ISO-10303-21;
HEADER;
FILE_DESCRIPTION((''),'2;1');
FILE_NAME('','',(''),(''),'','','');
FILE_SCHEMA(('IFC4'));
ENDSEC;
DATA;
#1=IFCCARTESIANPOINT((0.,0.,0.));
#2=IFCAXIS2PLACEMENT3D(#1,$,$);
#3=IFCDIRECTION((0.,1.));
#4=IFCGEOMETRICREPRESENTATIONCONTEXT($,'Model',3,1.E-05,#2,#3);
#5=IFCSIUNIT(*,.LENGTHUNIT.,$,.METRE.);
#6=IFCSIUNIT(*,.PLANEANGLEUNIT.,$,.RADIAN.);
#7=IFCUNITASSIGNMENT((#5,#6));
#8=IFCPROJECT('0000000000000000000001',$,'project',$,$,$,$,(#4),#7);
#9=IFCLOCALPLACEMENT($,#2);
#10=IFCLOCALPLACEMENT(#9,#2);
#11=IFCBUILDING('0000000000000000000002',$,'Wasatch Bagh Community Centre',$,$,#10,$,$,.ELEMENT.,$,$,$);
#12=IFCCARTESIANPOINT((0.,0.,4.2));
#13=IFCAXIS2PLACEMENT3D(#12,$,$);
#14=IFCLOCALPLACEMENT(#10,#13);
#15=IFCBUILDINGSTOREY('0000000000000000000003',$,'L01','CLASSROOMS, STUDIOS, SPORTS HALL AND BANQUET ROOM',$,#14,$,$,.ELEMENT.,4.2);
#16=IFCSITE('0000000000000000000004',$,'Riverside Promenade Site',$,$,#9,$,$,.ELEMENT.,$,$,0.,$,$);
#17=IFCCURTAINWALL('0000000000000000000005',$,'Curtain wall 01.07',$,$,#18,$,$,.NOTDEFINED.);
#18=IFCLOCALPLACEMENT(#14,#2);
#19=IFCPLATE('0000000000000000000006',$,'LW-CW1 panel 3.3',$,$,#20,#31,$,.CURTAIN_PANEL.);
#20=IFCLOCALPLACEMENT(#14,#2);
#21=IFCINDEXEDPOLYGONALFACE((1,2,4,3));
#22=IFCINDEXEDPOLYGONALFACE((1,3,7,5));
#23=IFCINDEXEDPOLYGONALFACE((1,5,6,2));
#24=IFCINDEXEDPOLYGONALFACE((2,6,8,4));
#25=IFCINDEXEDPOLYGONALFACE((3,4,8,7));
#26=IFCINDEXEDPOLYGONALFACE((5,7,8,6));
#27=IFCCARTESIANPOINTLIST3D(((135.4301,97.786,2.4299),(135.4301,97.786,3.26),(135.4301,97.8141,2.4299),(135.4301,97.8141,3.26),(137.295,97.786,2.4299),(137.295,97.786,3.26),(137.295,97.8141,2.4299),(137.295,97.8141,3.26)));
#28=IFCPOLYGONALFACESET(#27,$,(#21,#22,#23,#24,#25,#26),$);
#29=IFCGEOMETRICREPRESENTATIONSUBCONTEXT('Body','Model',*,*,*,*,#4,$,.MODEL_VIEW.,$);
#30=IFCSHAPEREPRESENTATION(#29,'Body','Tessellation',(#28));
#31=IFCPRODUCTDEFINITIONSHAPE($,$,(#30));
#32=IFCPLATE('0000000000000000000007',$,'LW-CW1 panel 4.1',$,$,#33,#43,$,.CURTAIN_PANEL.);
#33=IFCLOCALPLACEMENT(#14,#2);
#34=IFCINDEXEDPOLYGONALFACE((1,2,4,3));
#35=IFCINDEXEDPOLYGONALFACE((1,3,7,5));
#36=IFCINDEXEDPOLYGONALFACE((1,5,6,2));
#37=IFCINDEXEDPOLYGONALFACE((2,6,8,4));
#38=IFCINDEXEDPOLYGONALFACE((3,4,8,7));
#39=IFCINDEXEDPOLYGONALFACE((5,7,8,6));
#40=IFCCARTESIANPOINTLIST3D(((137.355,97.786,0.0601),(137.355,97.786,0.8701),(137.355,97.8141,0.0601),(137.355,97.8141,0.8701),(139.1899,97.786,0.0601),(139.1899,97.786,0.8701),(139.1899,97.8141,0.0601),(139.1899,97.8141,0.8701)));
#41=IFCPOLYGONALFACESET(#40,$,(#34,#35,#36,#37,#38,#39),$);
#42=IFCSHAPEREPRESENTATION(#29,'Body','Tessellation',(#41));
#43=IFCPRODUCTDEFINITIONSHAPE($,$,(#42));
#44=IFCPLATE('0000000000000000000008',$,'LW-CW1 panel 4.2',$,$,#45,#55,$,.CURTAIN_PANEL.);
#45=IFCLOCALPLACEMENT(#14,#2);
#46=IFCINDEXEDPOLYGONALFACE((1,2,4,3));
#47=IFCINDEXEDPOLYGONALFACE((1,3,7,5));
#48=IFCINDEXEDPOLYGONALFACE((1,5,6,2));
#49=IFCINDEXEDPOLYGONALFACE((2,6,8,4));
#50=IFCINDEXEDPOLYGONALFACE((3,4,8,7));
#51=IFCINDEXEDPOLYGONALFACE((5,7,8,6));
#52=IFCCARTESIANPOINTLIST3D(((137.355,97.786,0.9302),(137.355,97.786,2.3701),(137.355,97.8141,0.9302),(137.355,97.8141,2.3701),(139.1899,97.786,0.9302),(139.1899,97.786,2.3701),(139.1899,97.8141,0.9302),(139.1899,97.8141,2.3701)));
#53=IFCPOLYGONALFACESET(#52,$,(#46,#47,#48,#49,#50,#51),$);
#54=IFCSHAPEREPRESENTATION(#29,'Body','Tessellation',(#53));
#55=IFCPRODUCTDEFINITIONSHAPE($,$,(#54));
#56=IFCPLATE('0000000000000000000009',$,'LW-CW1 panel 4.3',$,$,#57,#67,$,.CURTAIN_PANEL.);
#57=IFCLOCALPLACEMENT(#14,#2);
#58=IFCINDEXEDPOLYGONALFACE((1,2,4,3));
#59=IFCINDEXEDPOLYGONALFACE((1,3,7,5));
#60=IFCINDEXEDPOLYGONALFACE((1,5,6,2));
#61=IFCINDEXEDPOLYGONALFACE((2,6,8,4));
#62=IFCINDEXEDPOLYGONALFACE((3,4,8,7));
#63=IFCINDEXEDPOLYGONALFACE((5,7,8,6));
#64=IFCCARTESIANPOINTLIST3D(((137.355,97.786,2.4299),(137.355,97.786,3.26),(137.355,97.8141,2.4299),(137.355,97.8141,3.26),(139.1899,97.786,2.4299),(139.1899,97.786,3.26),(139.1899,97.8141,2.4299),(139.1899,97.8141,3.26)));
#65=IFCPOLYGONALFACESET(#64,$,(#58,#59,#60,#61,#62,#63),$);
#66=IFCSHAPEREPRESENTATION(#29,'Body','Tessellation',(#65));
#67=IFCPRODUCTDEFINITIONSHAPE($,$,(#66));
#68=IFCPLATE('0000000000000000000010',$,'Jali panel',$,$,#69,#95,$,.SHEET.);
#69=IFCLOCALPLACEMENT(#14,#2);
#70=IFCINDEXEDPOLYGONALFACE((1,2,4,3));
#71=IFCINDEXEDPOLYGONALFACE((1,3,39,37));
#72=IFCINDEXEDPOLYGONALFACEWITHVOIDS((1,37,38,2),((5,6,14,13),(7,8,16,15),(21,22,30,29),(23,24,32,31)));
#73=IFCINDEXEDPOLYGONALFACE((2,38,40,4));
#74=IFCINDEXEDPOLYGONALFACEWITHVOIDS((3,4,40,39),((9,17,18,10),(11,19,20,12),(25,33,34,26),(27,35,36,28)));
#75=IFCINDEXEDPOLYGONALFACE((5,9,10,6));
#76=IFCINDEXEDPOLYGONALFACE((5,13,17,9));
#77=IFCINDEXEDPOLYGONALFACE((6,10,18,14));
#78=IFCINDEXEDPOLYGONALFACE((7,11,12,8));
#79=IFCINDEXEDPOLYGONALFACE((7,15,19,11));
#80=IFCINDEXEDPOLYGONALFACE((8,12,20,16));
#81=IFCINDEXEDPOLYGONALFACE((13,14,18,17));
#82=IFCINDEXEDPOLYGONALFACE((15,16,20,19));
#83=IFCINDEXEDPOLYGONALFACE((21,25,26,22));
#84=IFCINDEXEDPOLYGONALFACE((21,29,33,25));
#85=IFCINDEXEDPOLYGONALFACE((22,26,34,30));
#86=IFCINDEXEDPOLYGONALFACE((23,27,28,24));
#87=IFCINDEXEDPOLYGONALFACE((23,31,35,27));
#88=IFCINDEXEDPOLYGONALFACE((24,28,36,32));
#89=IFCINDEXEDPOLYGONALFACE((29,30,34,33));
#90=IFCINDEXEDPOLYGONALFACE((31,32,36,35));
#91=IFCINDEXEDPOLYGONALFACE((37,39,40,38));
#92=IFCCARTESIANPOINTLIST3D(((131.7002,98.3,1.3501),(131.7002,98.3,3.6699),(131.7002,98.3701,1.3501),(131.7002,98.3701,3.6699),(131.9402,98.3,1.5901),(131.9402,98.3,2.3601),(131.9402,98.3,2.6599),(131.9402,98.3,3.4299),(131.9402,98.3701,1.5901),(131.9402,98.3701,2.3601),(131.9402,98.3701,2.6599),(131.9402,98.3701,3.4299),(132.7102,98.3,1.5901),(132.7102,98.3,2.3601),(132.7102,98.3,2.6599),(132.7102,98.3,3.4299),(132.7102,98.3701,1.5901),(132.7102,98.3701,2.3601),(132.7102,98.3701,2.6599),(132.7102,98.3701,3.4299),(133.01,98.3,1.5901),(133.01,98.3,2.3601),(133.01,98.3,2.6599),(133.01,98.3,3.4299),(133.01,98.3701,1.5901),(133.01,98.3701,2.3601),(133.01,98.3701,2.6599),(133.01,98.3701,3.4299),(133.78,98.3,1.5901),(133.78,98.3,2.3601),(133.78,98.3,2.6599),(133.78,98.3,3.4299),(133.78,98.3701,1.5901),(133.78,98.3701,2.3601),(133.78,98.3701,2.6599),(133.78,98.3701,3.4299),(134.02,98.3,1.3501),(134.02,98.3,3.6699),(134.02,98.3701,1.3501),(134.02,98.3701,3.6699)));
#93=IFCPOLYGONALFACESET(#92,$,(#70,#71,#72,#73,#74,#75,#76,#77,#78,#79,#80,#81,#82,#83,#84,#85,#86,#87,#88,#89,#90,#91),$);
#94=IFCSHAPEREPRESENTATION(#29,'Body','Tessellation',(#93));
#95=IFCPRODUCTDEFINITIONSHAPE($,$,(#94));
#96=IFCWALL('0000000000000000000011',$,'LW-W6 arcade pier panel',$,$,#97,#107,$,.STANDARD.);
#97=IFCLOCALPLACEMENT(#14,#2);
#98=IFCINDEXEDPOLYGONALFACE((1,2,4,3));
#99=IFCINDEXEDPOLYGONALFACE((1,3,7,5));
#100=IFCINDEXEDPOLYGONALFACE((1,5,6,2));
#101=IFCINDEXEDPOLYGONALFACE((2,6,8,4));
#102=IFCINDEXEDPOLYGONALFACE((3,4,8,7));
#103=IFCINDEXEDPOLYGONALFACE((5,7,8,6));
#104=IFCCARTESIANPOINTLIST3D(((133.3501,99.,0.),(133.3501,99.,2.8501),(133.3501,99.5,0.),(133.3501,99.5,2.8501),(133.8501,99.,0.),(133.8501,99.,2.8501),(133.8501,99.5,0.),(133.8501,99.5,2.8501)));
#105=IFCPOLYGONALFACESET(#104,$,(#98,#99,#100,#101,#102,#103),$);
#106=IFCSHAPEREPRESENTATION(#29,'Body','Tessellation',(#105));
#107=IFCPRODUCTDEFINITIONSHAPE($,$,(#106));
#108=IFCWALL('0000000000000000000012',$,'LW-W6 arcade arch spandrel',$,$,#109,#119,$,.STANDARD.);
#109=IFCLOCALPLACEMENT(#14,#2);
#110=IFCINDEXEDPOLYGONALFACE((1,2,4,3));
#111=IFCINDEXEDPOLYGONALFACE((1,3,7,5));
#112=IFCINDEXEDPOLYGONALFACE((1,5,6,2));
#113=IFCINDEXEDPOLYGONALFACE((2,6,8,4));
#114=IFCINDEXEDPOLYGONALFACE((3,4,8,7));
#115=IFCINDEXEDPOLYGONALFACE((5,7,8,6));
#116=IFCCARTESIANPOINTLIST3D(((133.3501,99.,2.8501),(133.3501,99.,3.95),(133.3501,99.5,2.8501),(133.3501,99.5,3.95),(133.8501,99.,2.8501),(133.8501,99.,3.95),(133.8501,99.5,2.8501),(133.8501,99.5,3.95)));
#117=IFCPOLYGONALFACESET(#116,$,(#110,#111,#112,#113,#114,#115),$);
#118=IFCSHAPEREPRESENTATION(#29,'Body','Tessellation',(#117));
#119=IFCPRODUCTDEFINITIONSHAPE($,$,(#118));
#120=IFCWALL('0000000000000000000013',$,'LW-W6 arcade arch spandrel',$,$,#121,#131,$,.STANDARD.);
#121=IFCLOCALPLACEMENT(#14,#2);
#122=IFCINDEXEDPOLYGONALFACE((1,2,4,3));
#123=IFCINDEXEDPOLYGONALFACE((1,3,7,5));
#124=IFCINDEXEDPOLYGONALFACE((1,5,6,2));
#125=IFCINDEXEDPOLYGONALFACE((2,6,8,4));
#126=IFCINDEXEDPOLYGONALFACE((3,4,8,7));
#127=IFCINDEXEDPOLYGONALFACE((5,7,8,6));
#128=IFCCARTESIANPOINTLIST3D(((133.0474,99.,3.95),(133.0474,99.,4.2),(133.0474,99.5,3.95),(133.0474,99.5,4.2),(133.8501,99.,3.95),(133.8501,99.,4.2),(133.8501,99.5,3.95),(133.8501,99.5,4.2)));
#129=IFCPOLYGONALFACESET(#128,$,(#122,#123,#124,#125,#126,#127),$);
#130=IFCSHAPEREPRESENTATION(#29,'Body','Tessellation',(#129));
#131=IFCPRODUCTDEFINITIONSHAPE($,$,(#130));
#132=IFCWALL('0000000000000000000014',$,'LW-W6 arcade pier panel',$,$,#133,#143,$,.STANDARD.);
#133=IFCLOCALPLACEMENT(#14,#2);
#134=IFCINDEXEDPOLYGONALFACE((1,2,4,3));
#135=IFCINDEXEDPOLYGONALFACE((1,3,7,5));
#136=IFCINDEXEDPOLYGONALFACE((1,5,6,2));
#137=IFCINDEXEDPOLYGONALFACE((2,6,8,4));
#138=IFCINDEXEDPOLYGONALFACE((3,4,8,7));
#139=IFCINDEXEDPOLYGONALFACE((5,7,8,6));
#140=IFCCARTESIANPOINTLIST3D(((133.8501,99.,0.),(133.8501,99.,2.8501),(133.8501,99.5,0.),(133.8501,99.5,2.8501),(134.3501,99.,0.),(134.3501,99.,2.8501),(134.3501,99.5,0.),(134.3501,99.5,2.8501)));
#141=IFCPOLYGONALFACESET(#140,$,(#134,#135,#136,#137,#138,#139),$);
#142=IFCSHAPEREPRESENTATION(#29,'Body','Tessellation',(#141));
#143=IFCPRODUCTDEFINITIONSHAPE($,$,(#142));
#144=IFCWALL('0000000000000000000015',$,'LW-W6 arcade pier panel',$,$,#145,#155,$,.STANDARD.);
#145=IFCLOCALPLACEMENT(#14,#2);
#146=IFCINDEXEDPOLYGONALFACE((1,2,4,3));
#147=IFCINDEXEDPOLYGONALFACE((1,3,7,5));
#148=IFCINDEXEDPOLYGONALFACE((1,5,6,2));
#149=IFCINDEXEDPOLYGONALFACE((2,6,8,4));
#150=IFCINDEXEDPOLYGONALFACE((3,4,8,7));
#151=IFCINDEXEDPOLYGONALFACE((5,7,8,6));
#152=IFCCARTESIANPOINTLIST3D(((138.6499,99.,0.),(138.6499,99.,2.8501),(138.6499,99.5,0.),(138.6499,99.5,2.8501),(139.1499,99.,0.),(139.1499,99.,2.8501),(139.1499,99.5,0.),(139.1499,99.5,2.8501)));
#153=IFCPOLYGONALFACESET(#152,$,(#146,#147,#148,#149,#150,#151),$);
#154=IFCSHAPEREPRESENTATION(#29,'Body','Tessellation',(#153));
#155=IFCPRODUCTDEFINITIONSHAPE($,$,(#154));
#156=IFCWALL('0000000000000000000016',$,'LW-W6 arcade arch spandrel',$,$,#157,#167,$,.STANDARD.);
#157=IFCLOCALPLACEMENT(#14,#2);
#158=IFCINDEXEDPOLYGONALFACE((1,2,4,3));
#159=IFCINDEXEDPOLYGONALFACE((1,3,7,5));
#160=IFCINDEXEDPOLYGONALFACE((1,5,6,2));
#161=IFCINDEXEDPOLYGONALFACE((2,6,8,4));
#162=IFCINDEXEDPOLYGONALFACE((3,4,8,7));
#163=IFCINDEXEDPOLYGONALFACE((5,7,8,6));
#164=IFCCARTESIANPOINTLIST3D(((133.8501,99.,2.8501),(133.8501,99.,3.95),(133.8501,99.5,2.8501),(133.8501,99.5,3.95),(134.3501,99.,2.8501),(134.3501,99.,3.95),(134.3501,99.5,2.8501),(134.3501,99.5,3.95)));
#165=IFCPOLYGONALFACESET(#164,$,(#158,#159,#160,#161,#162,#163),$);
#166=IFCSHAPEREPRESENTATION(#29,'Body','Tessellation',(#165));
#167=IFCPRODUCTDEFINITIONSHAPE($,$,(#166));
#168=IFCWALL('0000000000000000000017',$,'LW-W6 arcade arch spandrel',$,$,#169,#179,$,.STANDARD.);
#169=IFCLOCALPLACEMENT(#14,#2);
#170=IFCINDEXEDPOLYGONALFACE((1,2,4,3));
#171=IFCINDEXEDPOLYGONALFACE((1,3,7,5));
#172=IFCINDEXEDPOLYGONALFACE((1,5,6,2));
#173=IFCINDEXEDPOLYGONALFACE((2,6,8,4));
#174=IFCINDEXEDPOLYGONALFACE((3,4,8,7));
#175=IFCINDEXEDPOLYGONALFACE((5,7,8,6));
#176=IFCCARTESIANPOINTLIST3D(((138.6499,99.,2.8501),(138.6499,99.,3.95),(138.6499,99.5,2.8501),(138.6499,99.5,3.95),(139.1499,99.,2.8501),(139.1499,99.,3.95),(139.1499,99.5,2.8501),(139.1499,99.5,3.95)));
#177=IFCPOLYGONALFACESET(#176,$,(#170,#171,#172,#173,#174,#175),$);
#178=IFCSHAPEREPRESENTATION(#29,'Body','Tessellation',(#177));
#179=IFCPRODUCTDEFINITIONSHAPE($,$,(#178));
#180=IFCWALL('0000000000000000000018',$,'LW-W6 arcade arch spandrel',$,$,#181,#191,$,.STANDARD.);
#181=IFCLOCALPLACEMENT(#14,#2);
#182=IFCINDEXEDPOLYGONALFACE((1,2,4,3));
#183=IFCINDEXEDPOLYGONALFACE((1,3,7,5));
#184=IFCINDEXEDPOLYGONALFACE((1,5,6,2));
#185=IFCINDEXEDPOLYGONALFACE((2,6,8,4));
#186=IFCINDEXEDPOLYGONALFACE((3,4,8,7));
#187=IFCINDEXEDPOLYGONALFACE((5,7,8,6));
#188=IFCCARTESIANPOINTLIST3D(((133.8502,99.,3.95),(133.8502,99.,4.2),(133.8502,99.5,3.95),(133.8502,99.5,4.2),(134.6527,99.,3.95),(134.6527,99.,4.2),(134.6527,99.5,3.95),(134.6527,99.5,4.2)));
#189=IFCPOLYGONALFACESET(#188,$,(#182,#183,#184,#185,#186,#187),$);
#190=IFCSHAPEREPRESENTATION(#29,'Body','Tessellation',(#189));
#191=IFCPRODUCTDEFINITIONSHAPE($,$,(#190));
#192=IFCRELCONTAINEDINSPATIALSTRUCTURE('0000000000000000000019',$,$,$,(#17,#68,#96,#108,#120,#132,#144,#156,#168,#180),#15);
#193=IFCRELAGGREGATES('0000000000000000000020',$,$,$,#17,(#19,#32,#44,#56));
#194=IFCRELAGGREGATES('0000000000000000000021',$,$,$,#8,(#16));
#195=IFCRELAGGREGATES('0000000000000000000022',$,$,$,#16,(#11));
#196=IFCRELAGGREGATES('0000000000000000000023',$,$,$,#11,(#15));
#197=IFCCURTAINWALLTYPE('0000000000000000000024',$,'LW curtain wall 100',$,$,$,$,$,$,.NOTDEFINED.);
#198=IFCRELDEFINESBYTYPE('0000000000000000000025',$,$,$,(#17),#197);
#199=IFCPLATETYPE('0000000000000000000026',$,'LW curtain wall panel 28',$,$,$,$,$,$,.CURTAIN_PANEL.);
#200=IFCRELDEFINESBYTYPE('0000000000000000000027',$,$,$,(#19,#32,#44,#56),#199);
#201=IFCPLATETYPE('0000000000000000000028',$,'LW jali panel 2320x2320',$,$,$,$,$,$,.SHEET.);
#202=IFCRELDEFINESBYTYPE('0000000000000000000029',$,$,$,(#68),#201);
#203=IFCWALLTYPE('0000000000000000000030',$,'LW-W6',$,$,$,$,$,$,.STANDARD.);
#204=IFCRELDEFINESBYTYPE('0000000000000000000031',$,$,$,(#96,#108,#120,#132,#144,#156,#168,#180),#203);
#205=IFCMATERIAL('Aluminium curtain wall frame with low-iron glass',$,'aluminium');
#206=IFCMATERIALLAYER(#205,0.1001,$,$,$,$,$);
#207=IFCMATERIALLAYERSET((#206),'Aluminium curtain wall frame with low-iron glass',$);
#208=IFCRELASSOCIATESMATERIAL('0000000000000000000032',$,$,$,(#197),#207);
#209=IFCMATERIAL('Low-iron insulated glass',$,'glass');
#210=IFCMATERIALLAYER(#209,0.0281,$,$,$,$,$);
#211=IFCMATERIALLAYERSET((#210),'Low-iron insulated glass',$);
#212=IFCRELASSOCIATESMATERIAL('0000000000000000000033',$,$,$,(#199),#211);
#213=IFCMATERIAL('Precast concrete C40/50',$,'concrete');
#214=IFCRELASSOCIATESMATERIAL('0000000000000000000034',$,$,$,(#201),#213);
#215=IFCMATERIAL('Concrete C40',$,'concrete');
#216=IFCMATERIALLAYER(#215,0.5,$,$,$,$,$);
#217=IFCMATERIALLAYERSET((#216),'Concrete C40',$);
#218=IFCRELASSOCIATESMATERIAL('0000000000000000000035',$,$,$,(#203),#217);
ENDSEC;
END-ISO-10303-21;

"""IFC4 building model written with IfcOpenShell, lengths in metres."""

from ifc_helpers import new_model, si_unit, direction, frame, frame_2d, origin, origin_2d, place, context, subcontext, project, spatial, polyline, rectangle, outline, extrude, material, layer, layer_set, material_profile, profile_set, type_object, element, aggregate, save


model = new_model("IFC4")

# Units and contexts
model_context = context("Model", 3, precision=1e-05, world=origin(), true_north=direction((0.0, 1.0)))
body_context = subcontext(model_context, "Body", "Model", "MODEL_VIEW")
ifc_project = project(units=[si_unit("LENGTHUNIT", "METRE"), si_unit("PLANEANGLEUNIT", "RADIAN")], contexts=[model_context])

# Site, building, storey
site_placement = place(None, origin())
site = spatial("IfcSite", under=ifc_project, at=site_placement, Name="Riverside Promenade Site", CompositionType="ELEMENT", RefElevation=0.0)
building_placement = place(site_placement, origin())
building = spatial("IfcBuilding", under=site, at=building_placement, Name="Wasatch Bagh Community Centre", CompositionType="ELEMENT")
storey_placement = place(building_placement, frame((0.0, 0.0, 4.2)))
storey = spatial("IfcBuildingStorey", under=building, at=storey_placement, Name="L01", Description="CLASSROOMS, STUDIOS, SPORTS HALL AND BANQUET ROOM", CompositionType="ELEMENT", Elevation=4.2)

# Shared definitions
ifc_material_1 = material(Name="Concrete C40", Category="concrete")

# Curtain wall, plates
ifc_material_2 = material(Name="Aluminium curtain wall frame with low-iron glass", Category="aluminium")
ifc_layer_1 = layer(ifc_material_2, 0.1001)
ifc_layer_set_1 = layer_set([ifc_layer_1], Name="Aluminium curtain wall frame with low-iron glass")
curtain_wall_type = type_object("IfcCurtainWallType", Name="LW curtain wall 100", PredefinedType="NOTDEFINED", material=ifc_layer_set_1)
curtain_wall_placement = place(storey_placement, origin())
curtain_wall = element("IfcCurtainWall", 1, at=curtain_wall_placement, inside=storey, type_object=curtain_wall_type, Name="Curtain wall 01.07", PredefinedType="NOTDEFINED")
ifc_material_3 = material(Name="Low-iron insulated glass", Category="glass")
ifc_layer_2 = layer(ifc_material_3, 0.0281)
ifc_layer_set_2 = layer_set([ifc_layer_2], Name="Low-iron insulated glass")
plate_type_1 = type_object("IfcPlateType", Name="LW curtain wall panel 28", PredefinedType="CURTAIN_PANEL", material=ifc_layer_set_2)
plate_1_placement = place(storey_placement, frame((136.3625, 97.8, 2.4299), z_axis=(0.0, 0.0, 1.0), x_axis=(1.0, 0.0, 0.0)))
plate_1 = element("IfcPlate", 2, at=plate_1_placement, type_object=plate_type_1, Name="LW-CW1 panel 3.3", PredefinedType="CURTAIN_PANEL", context=body_context, shape_type="SweptSolid", body=[
    extrude(rectangle(XDim=1.865, YDim=0.0281, at=origin_2d()), origin(), (0.0, 0.0, 1.0), 0.8301),
])
plate_2_placement = place(storey_placement, frame((138.2725, 97.8, 0.0601), z_axis=(0.0, 0.0, 1.0), x_axis=(1.0, 0.0, 0.0)))
plate_2 = element("IfcPlate", 3, at=plate_2_placement, type_object=plate_type_1, Name="LW-CW1 panel 4.1", PredefinedType="CURTAIN_PANEL", context=body_context, shape_type="SweptSolid", body=[
    extrude(rectangle(XDim=1.835, YDim=0.0281, at=origin_2d()), origin(), (0.0, 0.0, 1.0), 0.8101),
])
plate_3_placement = place(storey_placement, frame((138.2725, 97.8, 0.9302), z_axis=(0.0, 0.0, 1.0), x_axis=(1.0, 0.0, 0.0)))
plate_3 = element("IfcPlate", 4, at=plate_3_placement, type_object=plate_type_1, Name="LW-CW1 panel 4.2", PredefinedType="CURTAIN_PANEL", context=body_context, shape_type="SweptSolid", body=[
    extrude(rectangle(XDim=1.835, YDim=0.0281, at=origin_2d()), origin(), (0.0, 0.0, 1.0), 1.4399),
])
plate_4_placement = place(storey_placement, frame((138.2725, 97.8, 2.4299), z_axis=(0.0, 0.0, 1.0), x_axis=(1.0, 0.0, 0.0)))
plate_4 = element("IfcPlate", 5, at=plate_4_placement, type_object=plate_type_1, Name="LW-CW1 panel 4.3", PredefinedType="CURTAIN_PANEL", context=body_context, shape_type="SweptSolid", body=[
    extrude(rectangle(XDim=1.835, YDim=0.0281, at=origin_2d()), origin(), (0.0, 0.0, 1.0), 0.8301),
])
aggregate(curtain_wall, [plate_1, plate_2, plate_3, plate_4])

# Plate
ifc_material_4 = material(Name="Precast concrete C40/50", Category="concrete")
ifc_material_profile_1 = material_profile(ifc_material_4, outline(polyline([(-1.1599, -1.1599), (1.1599, -1.1599), (1.1599, 1.1599), (-1.1599, 1.1599), (-1.1599, -1.1599)]), holes=[polyline([(-0.9199, -0.9199), (-0.1499, -0.9199), (-0.1499, -0.1499), (-0.9199, -0.1499), (-0.9199, -0.9199)]), polyline([(-0.9199, 0.1499), (-0.1499, 0.1499), (-0.1499, 0.9199), (-0.9199, 0.9199), (-0.9199, 0.1499)]), polyline([(0.1499, -0.9199), (0.9199, -0.9199), (0.9199, -0.1499), (0.1499, -0.1499), (0.1499, -0.9199)]), polyline([(0.1499, 0.1499), (0.9199, 0.1499), (0.9199, 0.9199), (0.1499, 0.9199), (0.1499, 0.1499)])]), Name="Jali lattice")
ifc_profile_set_1 = profile_set([ifc_material_profile_1], Name="Precast concrete C40/50")
plate_type_2 = type_object("IfcPlateType", Name="LW jali panel 2320x2320", PredefinedType="SHEET", material=ifc_profile_set_1)
plate_5_placement = place(storey_placement, frame((132.8601, 98.3, 2.51), z_axis=(0.0, 1.0, 0.0), x_axis=(-1.0, 0.0, 0.0)))
element("IfcPlate", 6, at=plate_5_placement, inside=storey, type_object=plate_type_2, Name="Jali panel", PredefinedType="SHEET", context=body_context, shape_type="SweptSolid", body=[
    extrude(outline(polyline([(-1.1599, -1.1599), (1.1599, -1.1599), (1.1599, 1.1599), (-1.1599, 1.1599), (-1.1599, -1.1599)]), holes=[polyline([(-0.9199, -0.9199), (-0.1499, -0.9199), (-0.1499, -0.1499), (-0.9199, -0.1499), (-0.9199, -0.9199)]), polyline([(-0.9199, 0.1499), (-0.1499, 0.1499), (-0.1499, 0.9199), (-0.9199, 0.9199), (-0.9199, 0.1499)]), polyline([(0.1499, -0.9199), (0.9199, -0.9199), (0.9199, -0.1499), (0.1499, -0.1499), (0.1499, -0.9199)]), polyline([(0.1499, 0.1499), (0.9199, 0.1499), (0.9199, 0.9199), (0.1499, 0.9199), (0.1499, 0.1499)])]), origin(), (0.0, 0.0, 1.0), 0.0701),
])

# Walls
ifc_layer_3 = layer(ifc_material_1, 0.5)
ifc_layer_set_3 = layer_set([ifc_layer_3], Name="Concrete C40")
wall_type = type_object("IfcWallType", Name="LW-W6", PredefinedType="STANDARD", material=ifc_layer_set_3)
wall_1_placement = place(storey_placement, frame((133.8501, 99.25, 0.0), z_axis=(0.0, 0.0, 1.0), x_axis=(-1.0, 0.0, 0.0)))
element("IfcWall", 7, at=wall_1_placement, inside=storey, type_object=wall_type, Name="LW-W6 arcade pier panel", PredefinedType="STANDARD", context=body_context, shape_type="SweptSolid", body=[
    extrude(rectangle(XDim=0.5, YDim=0.5, at=frame_2d((0.25, 0.0))), origin(), (0.0, 0.0, 1.0), 2.8501),
])
wall_2_placement = place(storey_placement, frame((133.8501, 99.25, 2.8501), z_axis=(0.0, 0.0, 1.0), x_axis=(-1.0, 0.0, 0.0)))
element("IfcWall", 8, at=wall_2_placement, inside=storey, type_object=wall_type, Name="LW-W6 arcade arch spandrel", PredefinedType="STANDARD", context=body_context, shape_type="SweptSolid", body=[
    extrude(rectangle(XDim=0.5, YDim=0.5, at=frame_2d((0.25, 0.0))), origin(), (0.0, 0.0, 1.0), 1.0999),
])
wall_3_placement = place(storey_placement, frame((133.8501, 99.25, 3.95), z_axis=(0.0, 0.0, 1.0), x_axis=(-1.0, 0.0, 0.0)))
element("IfcWall", 9, at=wall_3_placement, inside=storey, type_object=wall_type, Name="LW-W6 arcade arch spandrel", PredefinedType="STANDARD", context=body_context, shape_type="SweptSolid", body=[
    extrude(rectangle(XDim=0.8027, YDim=0.5, at=frame_2d((0.4014, 0.0))), origin(), (0.0, 0.0, 1.0), 0.25),
])
for number, where, z_axis, x_axis, name in (
    (10, (133.8501, 99.25, 0.0), (0.0, 0.0, 1.0), (1.0, 0.0, 0.0), "LW-W6 arcade pier panel"),
    (11, (139.1499, 99.25, 0.0), (0.0, 0.0, 1.0), (-1.0, 0.0, 0.0), "LW-W6 arcade pier panel"),
):
    element("IfcWall", number, at=place(storey_placement, frame(where, z_axis=z_axis, x_axis=x_axis)), inside=storey, type_object=wall_type, Name=name, PredefinedType="STANDARD", context=body_context, shape_type="SweptSolid", body=[
        extrude(rectangle(XDim=0.5, YDim=0.5, at=frame_2d((0.25, 0.0))), origin(), (0.0, 0.0, 1.0), 2.8501),
    ])
for number, where, z_axis, x_axis, name in (
    (12, (133.8501, 99.25, 2.8501), (0.0, 0.0, 1.0), (1.0, 0.0, 0.0), "LW-W6 arcade arch spandrel"),
    (13, (139.1499, 99.25, 2.8501), (0.0, 0.0, 1.0), (-1.0, 0.0, 0.0), "LW-W6 arcade arch spandrel"),
):
    element("IfcWall", number, at=place(storey_placement, frame(where, z_axis=z_axis, x_axis=x_axis)), inside=storey, type_object=wall_type, Name=name, PredefinedType="STANDARD", context=body_context, shape_type="SweptSolid", body=[
        extrude(rectangle(XDim=0.5, YDim=0.5, at=frame_2d((0.25, 0.0))), origin(), (0.0, 0.0, 1.0), 1.0999),
    ])
for number, where, z_axis, x_axis, name in (
    (14, (133.8501, 99.25, 3.95), (0.0, 0.0, 1.0), (1.0, 0.0, 0.0), "LW-W6 arcade arch spandrel"),
):
    element("IfcWall", number, at=place(storey_placement, frame(where, z_axis=z_axis, x_axis=x_axis)), inside=storey, type_object=wall_type, Name=name, PredefinedType="STANDARD", context=body_context, shape_type="SweptSolid", body=[
        extrude(rectangle(XDim=0.8025, YDim=0.5, at=frame_2d((0.4014, 0.0))), origin(), (0.0, 0.0, 1.0), 0.25),
    ])

save(model, "model.ifc")
